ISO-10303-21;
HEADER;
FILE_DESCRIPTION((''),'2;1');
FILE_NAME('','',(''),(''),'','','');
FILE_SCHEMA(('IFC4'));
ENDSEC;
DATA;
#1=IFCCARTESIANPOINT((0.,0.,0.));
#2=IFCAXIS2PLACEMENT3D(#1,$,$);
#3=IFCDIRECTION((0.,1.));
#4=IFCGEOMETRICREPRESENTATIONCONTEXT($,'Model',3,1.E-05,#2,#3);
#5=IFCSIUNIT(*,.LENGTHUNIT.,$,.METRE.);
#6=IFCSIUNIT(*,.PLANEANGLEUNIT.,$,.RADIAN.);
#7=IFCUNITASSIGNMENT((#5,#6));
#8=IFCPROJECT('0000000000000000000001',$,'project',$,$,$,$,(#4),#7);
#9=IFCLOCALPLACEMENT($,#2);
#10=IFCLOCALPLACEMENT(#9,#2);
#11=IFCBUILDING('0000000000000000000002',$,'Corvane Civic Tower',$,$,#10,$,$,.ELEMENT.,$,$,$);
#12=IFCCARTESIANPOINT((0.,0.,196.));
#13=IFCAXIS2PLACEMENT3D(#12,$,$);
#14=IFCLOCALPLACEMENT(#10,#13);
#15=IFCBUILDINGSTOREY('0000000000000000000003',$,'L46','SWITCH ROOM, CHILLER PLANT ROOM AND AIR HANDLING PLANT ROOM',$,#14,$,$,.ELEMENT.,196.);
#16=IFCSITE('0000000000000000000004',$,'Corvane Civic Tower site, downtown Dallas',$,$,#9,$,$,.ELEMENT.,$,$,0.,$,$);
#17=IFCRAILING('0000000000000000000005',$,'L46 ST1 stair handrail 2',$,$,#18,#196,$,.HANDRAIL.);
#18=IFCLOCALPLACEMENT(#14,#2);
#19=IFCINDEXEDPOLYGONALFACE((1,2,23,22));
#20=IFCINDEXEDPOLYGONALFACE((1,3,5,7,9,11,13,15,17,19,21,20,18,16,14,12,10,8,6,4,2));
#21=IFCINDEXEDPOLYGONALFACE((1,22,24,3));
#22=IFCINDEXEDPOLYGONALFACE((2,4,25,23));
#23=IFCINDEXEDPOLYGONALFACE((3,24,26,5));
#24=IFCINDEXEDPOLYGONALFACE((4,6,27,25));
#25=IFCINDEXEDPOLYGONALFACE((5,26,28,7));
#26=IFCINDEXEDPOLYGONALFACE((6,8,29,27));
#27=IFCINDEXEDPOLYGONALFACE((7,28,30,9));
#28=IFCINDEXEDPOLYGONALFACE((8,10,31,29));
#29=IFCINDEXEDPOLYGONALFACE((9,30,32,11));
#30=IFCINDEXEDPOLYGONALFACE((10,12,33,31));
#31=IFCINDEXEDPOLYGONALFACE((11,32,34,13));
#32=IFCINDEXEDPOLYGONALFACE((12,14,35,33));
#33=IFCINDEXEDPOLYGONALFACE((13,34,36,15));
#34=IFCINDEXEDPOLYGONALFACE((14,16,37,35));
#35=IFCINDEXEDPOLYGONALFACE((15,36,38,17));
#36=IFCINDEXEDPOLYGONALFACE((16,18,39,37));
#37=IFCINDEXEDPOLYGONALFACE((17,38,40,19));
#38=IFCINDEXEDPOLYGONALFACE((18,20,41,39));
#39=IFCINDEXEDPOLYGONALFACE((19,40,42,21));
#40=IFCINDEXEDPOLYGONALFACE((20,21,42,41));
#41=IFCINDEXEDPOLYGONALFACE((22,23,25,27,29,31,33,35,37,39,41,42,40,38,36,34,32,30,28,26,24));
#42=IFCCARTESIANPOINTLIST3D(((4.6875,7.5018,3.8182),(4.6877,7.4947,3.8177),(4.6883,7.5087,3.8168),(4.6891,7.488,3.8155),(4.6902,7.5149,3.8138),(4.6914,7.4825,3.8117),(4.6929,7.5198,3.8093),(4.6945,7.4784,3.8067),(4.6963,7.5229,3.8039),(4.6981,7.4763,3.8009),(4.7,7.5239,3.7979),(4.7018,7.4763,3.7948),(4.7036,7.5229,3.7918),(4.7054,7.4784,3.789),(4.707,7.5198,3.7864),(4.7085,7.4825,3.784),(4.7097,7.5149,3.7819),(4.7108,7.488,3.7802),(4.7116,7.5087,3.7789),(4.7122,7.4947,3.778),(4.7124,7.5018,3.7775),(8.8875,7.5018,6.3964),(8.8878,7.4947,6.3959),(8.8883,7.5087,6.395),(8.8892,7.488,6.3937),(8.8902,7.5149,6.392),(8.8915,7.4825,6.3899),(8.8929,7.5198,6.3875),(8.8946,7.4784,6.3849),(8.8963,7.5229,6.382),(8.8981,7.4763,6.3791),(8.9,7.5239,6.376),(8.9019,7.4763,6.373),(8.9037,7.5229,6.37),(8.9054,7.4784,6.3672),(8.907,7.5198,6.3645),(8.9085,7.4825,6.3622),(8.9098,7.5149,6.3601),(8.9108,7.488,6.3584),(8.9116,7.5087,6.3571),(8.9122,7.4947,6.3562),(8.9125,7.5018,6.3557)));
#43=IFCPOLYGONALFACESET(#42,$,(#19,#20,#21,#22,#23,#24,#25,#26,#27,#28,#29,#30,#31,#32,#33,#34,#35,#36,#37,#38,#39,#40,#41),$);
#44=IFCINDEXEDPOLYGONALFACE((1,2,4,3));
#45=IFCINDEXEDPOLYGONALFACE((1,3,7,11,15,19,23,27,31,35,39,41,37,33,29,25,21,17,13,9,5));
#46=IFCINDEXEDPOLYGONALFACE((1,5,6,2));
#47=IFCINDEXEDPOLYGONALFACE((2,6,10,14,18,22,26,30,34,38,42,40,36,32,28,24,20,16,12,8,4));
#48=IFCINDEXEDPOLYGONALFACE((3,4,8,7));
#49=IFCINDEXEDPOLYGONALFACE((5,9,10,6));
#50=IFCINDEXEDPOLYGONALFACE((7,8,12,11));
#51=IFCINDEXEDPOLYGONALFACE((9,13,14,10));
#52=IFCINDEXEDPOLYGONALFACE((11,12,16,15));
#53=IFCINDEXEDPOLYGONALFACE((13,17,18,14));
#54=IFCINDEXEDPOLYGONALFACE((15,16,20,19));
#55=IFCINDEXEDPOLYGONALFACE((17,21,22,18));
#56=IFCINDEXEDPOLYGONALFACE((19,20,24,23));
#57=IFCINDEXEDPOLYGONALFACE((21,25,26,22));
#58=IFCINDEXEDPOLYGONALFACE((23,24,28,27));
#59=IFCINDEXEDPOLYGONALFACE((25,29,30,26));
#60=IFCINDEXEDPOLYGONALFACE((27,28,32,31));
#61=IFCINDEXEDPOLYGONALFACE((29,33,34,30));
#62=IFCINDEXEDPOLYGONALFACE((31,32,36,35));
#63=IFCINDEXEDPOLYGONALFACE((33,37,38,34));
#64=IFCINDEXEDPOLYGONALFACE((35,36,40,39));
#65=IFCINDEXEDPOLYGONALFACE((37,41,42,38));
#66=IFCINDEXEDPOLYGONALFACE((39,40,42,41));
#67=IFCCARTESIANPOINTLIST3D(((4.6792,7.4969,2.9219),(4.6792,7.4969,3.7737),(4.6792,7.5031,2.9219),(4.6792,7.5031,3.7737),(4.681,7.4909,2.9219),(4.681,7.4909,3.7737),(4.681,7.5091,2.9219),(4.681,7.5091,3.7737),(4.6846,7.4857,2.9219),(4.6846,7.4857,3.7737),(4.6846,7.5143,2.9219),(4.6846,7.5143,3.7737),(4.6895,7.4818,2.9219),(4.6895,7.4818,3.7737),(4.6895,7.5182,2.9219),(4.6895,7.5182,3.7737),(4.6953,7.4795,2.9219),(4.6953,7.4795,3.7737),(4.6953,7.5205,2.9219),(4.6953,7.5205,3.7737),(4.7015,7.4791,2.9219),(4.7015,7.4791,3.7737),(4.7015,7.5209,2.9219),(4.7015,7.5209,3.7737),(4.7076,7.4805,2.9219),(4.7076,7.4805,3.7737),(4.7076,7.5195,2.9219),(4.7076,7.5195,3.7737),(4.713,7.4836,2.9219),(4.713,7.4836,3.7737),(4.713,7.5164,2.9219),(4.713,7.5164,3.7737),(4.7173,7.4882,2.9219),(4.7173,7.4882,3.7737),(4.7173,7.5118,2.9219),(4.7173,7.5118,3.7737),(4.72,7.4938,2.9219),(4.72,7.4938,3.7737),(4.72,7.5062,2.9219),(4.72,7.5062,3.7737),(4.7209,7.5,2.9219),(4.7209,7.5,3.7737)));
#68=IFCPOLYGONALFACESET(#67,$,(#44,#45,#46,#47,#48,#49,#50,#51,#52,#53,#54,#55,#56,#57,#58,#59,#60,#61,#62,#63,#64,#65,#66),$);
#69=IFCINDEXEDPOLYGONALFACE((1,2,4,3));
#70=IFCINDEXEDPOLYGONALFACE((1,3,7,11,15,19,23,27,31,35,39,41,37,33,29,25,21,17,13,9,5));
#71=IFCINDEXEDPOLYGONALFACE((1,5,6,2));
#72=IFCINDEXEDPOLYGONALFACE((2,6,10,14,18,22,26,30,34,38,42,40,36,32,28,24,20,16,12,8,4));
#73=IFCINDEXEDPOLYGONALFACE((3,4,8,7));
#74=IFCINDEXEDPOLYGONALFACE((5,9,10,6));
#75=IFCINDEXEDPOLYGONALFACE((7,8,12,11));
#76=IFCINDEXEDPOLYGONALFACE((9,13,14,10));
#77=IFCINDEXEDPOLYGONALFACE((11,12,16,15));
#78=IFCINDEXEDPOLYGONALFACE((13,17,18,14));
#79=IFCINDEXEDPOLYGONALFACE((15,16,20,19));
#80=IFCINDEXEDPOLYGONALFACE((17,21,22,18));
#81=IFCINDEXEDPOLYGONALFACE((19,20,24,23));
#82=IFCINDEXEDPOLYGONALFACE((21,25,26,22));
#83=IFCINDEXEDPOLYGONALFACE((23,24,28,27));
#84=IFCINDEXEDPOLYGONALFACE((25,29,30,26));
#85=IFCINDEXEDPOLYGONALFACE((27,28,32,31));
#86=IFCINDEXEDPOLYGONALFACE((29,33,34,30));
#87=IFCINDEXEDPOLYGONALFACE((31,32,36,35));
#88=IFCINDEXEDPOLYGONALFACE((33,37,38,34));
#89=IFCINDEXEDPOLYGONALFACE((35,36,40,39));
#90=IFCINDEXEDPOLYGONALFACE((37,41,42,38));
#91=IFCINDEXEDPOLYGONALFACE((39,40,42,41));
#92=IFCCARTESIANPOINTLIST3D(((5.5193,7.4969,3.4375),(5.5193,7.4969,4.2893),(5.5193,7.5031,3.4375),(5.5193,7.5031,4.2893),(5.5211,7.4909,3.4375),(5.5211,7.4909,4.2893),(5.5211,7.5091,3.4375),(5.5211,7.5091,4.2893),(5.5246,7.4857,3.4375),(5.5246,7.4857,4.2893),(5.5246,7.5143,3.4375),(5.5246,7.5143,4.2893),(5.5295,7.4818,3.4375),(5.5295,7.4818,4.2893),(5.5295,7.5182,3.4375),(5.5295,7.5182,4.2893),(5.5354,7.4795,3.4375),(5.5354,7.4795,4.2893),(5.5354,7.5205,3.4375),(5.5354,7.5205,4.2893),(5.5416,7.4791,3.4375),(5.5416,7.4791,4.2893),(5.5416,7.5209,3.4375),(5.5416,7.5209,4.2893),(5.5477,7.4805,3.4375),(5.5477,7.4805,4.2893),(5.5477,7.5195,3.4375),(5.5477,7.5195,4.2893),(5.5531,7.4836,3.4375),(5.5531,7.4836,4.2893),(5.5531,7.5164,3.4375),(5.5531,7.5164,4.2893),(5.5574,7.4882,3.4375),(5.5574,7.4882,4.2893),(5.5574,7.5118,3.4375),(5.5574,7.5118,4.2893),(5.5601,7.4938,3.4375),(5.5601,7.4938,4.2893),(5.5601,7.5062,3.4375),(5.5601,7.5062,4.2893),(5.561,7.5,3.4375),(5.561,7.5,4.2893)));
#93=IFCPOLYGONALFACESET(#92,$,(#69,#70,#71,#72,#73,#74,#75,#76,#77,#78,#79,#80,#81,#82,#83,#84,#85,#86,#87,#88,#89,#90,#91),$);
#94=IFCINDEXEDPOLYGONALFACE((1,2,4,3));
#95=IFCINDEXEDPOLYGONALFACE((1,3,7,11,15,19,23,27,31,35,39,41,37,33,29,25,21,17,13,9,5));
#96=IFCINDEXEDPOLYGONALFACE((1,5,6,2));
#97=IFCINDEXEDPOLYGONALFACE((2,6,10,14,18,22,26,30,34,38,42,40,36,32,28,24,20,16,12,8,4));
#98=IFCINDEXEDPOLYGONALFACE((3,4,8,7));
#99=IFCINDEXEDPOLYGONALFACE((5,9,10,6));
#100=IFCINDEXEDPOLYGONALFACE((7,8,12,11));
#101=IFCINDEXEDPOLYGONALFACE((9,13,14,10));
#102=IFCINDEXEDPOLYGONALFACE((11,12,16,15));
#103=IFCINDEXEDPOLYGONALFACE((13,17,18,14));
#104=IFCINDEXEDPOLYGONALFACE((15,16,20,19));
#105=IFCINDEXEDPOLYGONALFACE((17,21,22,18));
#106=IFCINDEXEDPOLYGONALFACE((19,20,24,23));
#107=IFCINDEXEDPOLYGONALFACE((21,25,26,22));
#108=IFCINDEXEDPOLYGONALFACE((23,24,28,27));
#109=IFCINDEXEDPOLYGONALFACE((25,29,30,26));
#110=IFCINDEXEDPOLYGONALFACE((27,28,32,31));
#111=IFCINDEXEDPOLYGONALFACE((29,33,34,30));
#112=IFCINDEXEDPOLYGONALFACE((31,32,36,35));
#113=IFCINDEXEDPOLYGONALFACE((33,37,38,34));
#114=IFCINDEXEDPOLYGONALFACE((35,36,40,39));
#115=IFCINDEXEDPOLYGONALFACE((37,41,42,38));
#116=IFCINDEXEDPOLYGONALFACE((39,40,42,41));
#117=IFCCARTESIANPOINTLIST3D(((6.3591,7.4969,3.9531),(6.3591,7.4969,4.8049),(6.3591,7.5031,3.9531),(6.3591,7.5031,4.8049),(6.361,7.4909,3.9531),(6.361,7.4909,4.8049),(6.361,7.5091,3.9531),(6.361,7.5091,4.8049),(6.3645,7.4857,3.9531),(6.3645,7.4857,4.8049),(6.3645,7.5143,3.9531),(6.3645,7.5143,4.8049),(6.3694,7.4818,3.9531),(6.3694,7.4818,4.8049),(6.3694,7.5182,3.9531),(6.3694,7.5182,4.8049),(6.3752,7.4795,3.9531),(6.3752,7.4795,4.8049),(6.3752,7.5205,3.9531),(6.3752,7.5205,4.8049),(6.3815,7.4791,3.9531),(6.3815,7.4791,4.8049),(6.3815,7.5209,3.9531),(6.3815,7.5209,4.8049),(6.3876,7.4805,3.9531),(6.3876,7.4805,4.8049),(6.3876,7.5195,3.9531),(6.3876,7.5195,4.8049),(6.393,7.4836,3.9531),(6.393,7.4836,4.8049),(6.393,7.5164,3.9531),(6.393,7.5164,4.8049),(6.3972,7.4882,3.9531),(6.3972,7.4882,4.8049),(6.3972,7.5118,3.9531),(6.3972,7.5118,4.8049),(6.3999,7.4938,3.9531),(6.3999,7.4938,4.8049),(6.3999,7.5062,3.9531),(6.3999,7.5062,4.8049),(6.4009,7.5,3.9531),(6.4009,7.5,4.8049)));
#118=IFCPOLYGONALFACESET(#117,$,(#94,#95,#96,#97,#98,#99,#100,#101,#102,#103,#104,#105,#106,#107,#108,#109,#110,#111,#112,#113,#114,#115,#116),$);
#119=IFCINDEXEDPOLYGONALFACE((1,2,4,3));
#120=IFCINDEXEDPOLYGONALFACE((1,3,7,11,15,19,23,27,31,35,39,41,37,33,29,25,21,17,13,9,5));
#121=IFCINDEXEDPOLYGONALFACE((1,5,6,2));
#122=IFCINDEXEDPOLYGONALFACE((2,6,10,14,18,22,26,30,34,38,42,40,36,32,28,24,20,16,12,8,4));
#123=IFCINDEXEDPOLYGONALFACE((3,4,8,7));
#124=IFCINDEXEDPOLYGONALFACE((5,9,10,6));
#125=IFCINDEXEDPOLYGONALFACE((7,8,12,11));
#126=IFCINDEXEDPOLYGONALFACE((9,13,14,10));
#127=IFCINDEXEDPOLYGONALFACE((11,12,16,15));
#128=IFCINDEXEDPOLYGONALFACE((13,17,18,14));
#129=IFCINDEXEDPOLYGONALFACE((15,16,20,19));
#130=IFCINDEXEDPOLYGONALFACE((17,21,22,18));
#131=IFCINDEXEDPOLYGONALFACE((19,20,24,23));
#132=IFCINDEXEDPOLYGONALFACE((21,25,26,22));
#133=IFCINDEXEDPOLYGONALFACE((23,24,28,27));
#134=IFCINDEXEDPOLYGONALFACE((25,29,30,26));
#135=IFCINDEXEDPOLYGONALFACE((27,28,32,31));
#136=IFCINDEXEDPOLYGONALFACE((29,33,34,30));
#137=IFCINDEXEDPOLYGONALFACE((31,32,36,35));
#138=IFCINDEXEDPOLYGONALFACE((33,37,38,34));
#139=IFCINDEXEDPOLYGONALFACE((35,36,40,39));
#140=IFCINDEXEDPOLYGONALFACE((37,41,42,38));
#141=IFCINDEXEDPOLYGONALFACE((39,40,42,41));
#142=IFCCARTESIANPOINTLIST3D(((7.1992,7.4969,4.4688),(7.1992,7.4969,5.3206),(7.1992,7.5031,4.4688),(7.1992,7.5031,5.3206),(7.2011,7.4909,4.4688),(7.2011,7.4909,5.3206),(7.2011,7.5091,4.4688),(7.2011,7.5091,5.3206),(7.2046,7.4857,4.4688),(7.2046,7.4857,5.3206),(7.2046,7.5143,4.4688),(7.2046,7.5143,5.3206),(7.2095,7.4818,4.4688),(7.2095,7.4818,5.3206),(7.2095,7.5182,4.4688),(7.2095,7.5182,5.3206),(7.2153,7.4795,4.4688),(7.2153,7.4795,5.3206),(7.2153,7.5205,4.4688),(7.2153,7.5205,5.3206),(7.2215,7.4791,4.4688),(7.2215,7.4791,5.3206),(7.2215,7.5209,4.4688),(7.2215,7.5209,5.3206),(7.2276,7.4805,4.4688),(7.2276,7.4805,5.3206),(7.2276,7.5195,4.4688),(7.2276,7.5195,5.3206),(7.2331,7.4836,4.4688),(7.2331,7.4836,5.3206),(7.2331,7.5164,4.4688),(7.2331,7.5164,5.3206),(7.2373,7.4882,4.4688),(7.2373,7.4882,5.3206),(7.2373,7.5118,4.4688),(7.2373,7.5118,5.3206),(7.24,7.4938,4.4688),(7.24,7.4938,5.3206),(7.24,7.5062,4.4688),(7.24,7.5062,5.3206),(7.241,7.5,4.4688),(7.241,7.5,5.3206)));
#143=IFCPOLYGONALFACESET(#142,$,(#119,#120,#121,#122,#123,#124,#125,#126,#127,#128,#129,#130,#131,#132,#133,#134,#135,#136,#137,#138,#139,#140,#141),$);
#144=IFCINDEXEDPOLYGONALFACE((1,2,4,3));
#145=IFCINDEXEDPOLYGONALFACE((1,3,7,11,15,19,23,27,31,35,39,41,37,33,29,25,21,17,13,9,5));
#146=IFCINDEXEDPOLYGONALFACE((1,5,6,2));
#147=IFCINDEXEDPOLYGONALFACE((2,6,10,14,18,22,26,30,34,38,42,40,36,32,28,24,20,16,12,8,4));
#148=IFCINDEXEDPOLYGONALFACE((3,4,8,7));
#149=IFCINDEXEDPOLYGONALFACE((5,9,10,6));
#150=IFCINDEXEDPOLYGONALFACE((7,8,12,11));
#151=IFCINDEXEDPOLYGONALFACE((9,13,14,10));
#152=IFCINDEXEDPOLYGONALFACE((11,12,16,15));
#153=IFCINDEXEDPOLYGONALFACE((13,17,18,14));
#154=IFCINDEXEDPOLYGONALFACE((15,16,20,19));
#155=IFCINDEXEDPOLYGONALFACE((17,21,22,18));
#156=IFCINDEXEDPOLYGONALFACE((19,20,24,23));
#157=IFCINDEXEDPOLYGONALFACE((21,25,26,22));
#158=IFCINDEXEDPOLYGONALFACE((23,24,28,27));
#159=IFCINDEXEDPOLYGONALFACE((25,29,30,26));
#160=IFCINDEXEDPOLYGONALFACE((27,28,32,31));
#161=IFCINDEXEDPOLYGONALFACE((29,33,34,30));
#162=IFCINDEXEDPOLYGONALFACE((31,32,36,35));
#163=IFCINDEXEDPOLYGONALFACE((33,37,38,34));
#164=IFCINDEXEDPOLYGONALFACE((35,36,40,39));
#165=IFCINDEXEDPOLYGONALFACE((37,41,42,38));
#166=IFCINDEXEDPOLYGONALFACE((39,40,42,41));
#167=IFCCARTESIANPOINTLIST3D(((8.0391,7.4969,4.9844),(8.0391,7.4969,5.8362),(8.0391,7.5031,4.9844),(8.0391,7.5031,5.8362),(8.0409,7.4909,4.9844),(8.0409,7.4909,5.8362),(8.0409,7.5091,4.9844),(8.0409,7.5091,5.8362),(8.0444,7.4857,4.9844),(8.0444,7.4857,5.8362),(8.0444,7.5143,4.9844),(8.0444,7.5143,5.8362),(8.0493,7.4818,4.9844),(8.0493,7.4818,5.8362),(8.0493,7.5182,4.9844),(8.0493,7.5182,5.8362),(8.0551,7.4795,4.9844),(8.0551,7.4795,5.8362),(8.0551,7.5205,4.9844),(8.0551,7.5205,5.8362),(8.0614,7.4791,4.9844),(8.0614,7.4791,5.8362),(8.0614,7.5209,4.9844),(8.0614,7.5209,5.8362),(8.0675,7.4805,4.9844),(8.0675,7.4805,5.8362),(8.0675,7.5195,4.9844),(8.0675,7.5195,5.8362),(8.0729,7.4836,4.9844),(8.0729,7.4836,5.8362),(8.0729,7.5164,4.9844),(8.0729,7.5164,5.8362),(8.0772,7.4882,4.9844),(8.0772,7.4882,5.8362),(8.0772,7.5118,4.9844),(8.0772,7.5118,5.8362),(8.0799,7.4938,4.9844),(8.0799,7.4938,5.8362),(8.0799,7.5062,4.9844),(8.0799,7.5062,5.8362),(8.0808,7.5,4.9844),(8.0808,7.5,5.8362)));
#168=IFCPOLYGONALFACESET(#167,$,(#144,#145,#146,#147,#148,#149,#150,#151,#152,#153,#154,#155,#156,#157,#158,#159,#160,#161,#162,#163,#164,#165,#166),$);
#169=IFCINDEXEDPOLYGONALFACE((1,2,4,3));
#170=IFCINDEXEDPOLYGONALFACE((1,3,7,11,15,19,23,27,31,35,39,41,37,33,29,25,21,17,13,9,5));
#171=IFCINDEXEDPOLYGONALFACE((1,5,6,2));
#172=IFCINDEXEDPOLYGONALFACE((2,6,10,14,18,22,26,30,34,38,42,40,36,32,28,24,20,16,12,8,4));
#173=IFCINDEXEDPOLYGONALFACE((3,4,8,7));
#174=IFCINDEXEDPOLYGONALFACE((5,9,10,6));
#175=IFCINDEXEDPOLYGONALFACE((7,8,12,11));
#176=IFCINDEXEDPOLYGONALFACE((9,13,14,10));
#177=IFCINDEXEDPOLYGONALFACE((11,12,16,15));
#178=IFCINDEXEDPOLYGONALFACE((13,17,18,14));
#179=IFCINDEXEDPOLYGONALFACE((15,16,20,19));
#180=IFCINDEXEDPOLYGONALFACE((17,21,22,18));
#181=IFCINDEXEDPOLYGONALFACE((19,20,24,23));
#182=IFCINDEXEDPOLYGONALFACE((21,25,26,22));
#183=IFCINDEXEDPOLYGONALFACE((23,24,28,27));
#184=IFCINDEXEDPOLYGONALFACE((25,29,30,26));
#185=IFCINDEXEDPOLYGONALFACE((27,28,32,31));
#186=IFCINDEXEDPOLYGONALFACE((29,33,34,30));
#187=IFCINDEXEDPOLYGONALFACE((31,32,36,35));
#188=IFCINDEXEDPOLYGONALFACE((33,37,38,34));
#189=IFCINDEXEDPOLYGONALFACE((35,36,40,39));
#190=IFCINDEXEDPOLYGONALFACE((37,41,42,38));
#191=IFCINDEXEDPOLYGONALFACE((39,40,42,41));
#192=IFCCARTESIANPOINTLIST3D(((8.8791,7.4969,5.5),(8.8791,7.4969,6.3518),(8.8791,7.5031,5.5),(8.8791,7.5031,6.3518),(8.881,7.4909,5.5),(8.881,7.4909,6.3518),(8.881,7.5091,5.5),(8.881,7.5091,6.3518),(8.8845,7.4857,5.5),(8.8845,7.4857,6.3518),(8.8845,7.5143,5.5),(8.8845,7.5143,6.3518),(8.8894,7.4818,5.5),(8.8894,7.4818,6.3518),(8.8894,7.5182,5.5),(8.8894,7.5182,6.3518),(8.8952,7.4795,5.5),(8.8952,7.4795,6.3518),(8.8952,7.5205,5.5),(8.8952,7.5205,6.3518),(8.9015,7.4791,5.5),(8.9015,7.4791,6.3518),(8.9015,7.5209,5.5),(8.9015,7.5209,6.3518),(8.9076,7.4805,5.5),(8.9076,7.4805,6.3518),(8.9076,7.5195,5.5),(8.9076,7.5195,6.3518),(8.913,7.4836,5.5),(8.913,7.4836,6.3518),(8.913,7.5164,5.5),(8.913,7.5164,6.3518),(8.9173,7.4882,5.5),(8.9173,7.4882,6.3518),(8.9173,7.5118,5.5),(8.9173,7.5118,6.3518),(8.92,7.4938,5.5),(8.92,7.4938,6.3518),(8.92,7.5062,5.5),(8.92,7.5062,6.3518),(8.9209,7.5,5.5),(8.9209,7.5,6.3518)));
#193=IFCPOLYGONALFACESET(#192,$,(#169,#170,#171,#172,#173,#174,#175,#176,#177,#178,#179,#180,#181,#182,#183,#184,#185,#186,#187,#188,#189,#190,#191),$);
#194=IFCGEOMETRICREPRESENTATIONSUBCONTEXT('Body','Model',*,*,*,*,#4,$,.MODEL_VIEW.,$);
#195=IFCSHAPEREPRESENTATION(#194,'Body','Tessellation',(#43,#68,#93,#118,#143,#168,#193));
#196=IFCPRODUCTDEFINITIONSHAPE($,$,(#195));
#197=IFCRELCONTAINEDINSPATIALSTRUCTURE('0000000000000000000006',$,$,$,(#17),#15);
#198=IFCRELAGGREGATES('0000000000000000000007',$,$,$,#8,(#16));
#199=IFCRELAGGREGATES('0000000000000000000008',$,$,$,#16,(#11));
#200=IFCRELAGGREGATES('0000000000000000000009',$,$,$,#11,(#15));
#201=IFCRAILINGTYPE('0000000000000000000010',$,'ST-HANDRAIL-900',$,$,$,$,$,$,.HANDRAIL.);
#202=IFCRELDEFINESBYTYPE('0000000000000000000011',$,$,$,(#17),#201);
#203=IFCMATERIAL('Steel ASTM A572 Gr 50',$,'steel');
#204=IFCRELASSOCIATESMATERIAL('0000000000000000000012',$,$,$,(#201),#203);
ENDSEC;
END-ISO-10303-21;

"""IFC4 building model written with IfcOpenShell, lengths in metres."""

from ifc_helpers import new_model, si_unit, direction, frame, origin, origin_2d, place, context, subcontext, project, spatial, circle, extrude, material, type_object, element, save


model = new_model("IFC4")

# Units and contexts
model_context = context("Model", 3, precision=1e-05, world=origin(), true_north=direction((0.0, 1.0)))
body_context = subcontext(model_context, "Body", "Model", "MODEL_VIEW")
ifc_project = project(units=[si_unit("LENGTHUNIT", "METRE"), si_unit("PLANEANGLEUNIT", "RADIAN")], contexts=[model_context])

# Site, building, storey
site_placement = place(None, origin())
site = spatial("IfcSite", under=ifc_project, at=site_placement, Name="Corvane Civic Tower site, downtown Dallas", CompositionType="ELEMENT", RefElevation=0.0)
building_placement = place(site_placement, origin())
building = spatial("IfcBuilding", under=site, at=building_placement, Name="Corvane Civic Tower", CompositionType="ELEMENT")
storey_placement = place(building_placement, frame((0.0, 0.0, 196.0)))
storey = spatial("IfcBuildingStorey", under=building, at=storey_placement, Name="L46", Description="SWITCH ROOM, CHILLER PLANT ROOM AND AIR HANDLING PLANT ROOM", CompositionType="ELEMENT", Elevation=196.0)

# Railing
ifc_material_1 = material(Name="Steel ASTM A572 Gr 50", Category="steel")
railing_type_1 = type_object("IfcRailingType", Name="ST-HANDRAIL-900", PredefinedType="HANDRAIL", material=ifc_material_1)
railing_1_placement = place(storey_placement, frame((4.7, 7.5, 2.9219)))
element("IfcRailing", 1, at=railing_1_placement, inside=storey, type_object=railing_type_1, Name="L46 ST1 stair handrail 2", PredefinedType="HANDRAIL", context=body_context, shape_type="SweptSolid", body=[
    extrude(circle(Radius=0.0239, at=origin_2d()), frame((0.0, 0.0, 0.876), z_axis=(0.852243, 0.0, 0.523146), x_axis=(0.0, 1.0, 0.0)), (0.0, 0.0, 1.0), 4.9282),
    extrude(circle(Radius=0.021, at=origin_2d()), origin(), (0.0, 0.0, 1.0), 0.8518),
    extrude(circle(Radius=0.021, at=origin_2d()), frame((0.8401, 0.0, 0.5156)), (0.0, 0.0, 1.0), 0.8518),
    extrude(circle(Radius=0.021, at=origin_2d()), frame((1.6799, 0.0, 1.0312)), (0.0, 0.0, 1.0), 0.8518),
    extrude(circle(Radius=0.021, at=origin_2d()), frame((2.52, 0.0, 1.5469)), (0.0, 0.0, 1.0), 0.8518),
    extrude(circle(Radius=0.021, at=origin_2d()), frame((3.3599, 0.0, 2.0625)), (0.0, 0.0, 1.0), 0.8518),
    extrude(circle(Radius=0.021, at=origin_2d()), frame((4.2, 0.0, 2.5781)), (0.0, 0.0, 1.0), 0.8518),
])

save(model, "model.ifc")
